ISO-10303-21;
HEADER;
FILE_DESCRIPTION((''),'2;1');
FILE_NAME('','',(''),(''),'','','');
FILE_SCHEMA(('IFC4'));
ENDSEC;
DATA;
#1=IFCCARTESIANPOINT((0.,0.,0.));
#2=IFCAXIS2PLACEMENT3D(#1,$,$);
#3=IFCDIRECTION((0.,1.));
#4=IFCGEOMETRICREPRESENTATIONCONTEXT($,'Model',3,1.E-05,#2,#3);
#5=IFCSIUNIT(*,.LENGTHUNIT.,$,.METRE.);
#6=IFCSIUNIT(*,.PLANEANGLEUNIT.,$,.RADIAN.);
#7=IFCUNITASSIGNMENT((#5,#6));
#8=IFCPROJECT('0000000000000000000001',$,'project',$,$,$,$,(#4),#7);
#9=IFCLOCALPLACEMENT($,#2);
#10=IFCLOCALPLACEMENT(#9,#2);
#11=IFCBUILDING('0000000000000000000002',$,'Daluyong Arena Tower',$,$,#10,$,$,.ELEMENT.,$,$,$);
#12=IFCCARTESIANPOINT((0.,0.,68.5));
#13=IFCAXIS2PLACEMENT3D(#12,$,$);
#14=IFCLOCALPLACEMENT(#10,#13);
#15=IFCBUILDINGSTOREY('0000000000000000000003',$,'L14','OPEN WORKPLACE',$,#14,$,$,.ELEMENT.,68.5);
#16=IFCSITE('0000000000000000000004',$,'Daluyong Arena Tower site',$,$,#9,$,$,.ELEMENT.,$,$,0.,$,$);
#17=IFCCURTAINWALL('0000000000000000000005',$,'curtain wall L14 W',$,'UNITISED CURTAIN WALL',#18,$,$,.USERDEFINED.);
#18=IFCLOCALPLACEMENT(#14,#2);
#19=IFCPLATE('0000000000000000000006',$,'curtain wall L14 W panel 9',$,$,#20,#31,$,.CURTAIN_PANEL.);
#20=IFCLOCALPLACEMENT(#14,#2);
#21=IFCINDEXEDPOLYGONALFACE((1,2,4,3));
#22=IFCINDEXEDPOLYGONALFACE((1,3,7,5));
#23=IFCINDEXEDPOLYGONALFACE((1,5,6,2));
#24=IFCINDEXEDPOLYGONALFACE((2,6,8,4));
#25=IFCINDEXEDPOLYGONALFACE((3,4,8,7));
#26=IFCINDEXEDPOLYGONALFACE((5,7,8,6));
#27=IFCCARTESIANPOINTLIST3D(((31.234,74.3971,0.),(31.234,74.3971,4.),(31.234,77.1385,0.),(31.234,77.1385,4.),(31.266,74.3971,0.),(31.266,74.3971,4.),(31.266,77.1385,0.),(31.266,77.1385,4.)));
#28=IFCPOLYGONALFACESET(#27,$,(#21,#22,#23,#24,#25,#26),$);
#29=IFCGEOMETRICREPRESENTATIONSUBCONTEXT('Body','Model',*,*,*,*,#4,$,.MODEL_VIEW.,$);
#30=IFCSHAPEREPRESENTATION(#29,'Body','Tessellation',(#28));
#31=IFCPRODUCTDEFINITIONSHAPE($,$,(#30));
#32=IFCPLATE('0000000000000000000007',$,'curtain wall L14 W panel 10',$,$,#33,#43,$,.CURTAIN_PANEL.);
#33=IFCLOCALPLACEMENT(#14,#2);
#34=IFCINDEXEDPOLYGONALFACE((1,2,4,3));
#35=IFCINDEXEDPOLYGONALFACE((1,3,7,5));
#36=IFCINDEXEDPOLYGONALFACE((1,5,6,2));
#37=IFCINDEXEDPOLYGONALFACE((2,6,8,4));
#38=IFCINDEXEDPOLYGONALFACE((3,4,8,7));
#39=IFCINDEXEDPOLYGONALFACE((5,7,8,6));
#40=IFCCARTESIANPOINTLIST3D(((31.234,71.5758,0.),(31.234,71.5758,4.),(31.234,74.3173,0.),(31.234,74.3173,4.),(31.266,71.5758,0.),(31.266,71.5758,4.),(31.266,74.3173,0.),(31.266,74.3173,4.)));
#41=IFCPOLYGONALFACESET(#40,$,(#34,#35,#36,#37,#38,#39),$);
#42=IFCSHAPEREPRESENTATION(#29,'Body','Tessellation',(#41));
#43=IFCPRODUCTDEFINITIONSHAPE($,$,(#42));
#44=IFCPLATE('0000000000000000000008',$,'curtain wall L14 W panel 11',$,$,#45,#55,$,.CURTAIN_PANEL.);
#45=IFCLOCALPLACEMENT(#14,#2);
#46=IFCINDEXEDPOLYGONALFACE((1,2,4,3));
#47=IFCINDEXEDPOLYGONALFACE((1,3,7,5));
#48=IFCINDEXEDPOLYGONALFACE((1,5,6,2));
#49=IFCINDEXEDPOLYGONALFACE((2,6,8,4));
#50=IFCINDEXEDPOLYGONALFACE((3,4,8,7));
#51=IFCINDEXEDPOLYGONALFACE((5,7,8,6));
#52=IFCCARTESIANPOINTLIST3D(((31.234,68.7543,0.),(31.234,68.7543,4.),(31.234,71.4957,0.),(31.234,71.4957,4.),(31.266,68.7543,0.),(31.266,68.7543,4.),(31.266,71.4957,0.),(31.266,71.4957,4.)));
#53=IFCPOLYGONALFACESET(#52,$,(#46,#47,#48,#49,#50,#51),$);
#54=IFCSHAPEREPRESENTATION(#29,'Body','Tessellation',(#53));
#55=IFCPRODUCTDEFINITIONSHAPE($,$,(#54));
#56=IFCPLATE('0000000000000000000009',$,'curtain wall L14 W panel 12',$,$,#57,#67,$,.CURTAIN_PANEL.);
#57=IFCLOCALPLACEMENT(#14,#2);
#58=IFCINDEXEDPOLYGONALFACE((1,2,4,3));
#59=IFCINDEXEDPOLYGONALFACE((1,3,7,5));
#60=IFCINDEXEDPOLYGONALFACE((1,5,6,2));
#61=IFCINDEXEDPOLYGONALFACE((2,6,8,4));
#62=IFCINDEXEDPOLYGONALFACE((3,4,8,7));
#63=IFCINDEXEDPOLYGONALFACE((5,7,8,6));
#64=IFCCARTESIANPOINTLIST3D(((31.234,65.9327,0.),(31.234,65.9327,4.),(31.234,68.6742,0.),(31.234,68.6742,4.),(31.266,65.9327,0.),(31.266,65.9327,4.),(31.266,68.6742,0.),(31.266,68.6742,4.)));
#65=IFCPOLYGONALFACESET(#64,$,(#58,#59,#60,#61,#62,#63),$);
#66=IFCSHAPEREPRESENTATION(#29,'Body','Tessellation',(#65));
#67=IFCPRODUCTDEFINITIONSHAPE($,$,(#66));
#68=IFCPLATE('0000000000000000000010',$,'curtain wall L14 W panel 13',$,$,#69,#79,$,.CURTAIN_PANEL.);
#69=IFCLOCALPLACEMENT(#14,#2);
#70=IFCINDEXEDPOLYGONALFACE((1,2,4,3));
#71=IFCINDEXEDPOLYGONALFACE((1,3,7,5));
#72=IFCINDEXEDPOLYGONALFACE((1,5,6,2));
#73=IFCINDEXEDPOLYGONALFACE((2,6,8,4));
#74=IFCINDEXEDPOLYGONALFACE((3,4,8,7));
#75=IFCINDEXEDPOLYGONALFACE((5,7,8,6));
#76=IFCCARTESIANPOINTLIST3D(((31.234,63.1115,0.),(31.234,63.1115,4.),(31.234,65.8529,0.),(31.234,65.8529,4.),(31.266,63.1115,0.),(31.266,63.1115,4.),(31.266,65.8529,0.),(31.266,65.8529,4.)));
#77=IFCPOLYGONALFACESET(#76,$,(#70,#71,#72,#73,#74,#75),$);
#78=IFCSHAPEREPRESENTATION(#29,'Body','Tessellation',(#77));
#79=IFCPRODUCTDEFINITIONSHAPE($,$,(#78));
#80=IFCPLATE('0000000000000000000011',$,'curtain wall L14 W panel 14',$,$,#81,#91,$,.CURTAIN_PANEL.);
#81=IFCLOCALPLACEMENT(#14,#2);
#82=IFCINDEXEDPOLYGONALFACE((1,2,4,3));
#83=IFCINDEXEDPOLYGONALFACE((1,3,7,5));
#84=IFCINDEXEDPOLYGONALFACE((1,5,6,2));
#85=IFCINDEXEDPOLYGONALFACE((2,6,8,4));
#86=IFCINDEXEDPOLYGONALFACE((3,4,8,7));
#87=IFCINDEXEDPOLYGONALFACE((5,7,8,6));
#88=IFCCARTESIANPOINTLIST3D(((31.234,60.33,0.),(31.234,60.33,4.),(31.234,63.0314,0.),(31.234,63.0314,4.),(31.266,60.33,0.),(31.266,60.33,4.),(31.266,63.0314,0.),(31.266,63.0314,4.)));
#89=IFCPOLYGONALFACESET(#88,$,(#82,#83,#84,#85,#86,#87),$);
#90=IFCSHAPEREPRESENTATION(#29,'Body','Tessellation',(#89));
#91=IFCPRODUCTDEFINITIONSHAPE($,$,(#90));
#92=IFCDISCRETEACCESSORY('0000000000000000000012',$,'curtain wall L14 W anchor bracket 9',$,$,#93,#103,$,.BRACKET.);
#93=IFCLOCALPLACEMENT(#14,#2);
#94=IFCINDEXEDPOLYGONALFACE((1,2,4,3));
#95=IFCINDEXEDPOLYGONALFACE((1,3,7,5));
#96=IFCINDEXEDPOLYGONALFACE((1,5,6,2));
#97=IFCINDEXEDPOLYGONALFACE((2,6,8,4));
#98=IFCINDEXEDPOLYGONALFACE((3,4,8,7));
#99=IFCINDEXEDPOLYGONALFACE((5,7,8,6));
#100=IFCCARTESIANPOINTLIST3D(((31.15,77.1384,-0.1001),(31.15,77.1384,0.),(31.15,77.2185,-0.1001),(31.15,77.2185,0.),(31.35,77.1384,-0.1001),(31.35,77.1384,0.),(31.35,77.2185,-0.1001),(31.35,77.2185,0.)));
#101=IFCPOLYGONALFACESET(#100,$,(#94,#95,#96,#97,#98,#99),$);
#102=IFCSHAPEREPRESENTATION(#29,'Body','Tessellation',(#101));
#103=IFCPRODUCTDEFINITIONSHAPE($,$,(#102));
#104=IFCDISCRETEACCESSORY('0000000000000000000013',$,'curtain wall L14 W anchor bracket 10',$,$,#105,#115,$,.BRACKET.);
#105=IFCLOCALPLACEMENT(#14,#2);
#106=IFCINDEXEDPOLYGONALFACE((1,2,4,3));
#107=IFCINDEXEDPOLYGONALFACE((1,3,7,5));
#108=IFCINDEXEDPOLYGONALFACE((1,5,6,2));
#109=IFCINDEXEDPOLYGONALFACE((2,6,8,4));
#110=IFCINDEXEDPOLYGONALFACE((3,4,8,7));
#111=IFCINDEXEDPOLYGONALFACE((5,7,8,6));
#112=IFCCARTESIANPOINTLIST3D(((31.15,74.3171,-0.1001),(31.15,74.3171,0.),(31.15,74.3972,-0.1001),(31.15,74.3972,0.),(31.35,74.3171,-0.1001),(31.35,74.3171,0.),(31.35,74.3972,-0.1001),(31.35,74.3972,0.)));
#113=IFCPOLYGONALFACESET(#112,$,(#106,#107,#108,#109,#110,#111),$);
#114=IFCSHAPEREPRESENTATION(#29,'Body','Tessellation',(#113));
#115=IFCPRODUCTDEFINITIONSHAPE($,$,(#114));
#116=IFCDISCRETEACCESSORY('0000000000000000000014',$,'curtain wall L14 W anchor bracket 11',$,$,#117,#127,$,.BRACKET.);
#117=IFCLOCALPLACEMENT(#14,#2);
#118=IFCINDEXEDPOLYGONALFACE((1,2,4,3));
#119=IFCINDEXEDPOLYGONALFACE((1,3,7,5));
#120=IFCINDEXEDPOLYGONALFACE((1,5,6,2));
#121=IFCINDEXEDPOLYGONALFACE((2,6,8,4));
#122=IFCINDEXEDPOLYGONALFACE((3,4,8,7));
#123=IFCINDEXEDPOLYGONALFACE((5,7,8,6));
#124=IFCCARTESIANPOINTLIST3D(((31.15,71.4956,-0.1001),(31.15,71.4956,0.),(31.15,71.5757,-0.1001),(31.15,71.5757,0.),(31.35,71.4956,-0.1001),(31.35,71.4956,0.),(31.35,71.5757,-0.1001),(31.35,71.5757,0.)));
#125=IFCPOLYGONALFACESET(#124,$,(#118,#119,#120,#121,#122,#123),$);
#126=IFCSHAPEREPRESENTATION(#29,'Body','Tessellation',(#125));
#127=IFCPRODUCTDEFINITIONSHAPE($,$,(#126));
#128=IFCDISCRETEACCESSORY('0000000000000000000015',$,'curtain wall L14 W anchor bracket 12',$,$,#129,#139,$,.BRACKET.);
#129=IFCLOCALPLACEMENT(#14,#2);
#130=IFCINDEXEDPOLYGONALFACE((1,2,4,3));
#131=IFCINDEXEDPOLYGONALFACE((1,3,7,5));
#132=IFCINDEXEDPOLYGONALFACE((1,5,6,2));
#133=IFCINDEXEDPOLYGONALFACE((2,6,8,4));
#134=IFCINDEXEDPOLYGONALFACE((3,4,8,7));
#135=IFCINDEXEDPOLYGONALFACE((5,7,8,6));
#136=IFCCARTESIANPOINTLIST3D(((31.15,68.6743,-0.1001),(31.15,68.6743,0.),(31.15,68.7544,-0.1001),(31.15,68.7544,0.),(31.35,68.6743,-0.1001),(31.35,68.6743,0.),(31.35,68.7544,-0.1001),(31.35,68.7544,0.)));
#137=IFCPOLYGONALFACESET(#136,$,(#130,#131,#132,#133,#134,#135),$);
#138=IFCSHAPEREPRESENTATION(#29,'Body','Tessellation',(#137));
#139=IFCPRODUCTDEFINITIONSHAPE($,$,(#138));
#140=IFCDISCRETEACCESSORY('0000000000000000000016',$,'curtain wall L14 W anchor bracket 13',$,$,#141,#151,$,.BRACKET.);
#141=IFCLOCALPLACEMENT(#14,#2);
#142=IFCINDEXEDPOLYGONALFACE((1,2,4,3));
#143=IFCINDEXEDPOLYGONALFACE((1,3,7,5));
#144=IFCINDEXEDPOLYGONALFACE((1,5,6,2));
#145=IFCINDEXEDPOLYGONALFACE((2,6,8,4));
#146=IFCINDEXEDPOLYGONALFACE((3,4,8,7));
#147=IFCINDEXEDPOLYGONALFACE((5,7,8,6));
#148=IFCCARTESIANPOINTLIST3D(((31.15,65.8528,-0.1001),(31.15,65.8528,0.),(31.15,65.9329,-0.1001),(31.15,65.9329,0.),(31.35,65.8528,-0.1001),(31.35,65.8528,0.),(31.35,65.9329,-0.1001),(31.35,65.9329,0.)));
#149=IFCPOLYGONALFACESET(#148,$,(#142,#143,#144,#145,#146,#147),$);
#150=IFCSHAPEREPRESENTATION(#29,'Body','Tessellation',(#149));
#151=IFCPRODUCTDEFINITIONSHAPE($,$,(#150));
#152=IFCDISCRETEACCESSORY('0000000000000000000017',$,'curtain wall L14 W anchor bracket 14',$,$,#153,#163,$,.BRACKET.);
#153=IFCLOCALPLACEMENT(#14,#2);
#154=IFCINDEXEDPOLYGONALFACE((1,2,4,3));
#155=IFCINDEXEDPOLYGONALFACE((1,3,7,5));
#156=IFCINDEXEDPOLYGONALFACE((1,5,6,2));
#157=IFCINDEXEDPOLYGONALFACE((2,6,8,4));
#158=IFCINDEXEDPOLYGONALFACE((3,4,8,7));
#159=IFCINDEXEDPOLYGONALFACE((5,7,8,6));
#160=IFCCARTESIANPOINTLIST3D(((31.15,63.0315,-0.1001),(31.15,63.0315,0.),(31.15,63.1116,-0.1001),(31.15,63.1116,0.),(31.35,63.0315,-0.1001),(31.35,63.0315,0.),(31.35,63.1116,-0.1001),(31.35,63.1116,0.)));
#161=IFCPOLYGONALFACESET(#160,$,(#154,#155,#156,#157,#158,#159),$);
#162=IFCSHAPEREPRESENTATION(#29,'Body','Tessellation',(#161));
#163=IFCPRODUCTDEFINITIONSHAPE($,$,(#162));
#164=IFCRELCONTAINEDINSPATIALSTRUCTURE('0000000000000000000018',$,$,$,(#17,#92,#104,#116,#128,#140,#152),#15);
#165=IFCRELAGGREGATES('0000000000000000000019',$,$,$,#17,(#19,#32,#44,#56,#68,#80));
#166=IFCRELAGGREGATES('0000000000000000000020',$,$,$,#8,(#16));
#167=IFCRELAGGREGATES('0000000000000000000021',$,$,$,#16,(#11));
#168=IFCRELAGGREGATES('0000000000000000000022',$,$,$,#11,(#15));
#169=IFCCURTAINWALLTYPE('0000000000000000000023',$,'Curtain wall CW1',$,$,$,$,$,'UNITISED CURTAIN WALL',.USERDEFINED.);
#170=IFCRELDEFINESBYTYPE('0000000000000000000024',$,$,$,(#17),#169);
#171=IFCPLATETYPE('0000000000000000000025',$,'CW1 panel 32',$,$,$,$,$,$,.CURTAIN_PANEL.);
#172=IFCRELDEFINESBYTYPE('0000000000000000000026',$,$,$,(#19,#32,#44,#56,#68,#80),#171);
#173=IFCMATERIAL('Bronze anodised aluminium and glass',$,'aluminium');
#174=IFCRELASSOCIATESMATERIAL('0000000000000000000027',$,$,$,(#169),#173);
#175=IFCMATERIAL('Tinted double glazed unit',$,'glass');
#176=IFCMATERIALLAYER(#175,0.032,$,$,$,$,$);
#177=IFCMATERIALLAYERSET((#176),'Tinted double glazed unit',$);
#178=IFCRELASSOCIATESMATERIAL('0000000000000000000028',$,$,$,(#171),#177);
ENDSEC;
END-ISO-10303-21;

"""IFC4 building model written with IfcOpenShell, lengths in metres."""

from ifc_helpers import new_model, si_unit, direction, frame, origin, origin_2d, place, context, subcontext, project, spatial, rectangle, extrude, material, layer, layer_set, type_object, element, aggregate, save


model = new_model("IFC4")

# Units and contexts
model_context = context("Model", 3, precision=1e-05, world=origin(), true_north=direction((0.0, 1.0)))
body_context = subcontext(model_context, "Body", "Model", "MODEL_VIEW")
ifc_project = project(units=[si_unit("LENGTHUNIT", "METRE"), si_unit("PLANEANGLEUNIT", "RADIAN")], contexts=[model_context])

# Site, building, storey
site_placement = place(None, origin())
site = spatial("IfcSite", under=ifc_project, at=site_placement, Name="Daluyong Arena Tower site", CompositionType="ELEMENT", RefElevation=0.0)
building_placement = place(site_placement, origin())
building = spatial("IfcBuilding", under=site, at=building_placement, Name="Daluyong Arena Tower", CompositionType="ELEMENT")
storey_placement = place(building_placement, frame((0.0, 0.0, 68.5)))
storey = spatial("IfcBuildingStorey", under=building, at=storey_placement, Name="L14", Description="OPEN WORKPLACE", CompositionType="ELEMENT", Elevation=68.5)

# Curtain wall
ifc_material_1 = material(Name="Bronze anodised aluminium and glass", Category="aluminium")
curtain_wall_type_1 = type_object("IfcCurtainWallType", Name="Curtain wall CW1", ElementType="UNITISED CURTAIN WALL", PredefinedType="USERDEFINED", material=ifc_material_1)
curtain_wall_1_placement = place(storey_placement, origin())
curtain_wall_1 = element("IfcCurtainWall", 1, at=curtain_wall_1_placement, inside=storey, type_object=curtain_wall_type_1, Name="curtain wall L14 W", ObjectType="UNITISED CURTAIN WALL", PredefinedType="USERDEFINED")

# Plates
ifc_material_2 = material(Name="Tinted double glazed unit", Category="glass")
ifc_layer = layer(ifc_material_2, 0.032)
ifc_layer_set = layer_set([ifc_layer], Name="Tinted double glazed unit")
plate_type = type_object("IfcPlateType", Name="CW1 panel 32", PredefinedType="CURTAIN_PANEL", material=ifc_layer_set)
plate_1_placement = place(storey_placement, frame((31.25, 75.7678, 0.0), z_axis=(0.0, 0.0, 1.0), x_axis=(0.0, -1.0, 0.0)))
plate_1 = element("IfcPlate", 2, at=plate_1_placement, type_object=plate_type, Name="curtain wall L14 W panel 9", PredefinedType="CURTAIN_PANEL", context=body_context, shape_type="SweptSolid", body=[
    extrude(rectangle(XDim=2.7415, YDim=0.032, at=origin_2d()), origin(), (0.0, 0.0, 1.0), 4.0),
])
plate_2_placement = place(storey_placement, frame((31.25, 72.9465, 0.0), z_axis=(0.0, 0.0, 1.0), x_axis=(0.0, -1.0, 0.0)))
plate_2 = element("IfcPlate", 3, at=plate_2_placement, type_object=plate_type, Name="curtain wall L14 W panel 10", PredefinedType="CURTAIN_PANEL", context=body_context, shape_type="SweptSolid", body=[
    extrude(rectangle(XDim=2.7415, YDim=0.032, at=origin_2d()), origin(), (0.0, 0.0, 1.0), 4.0),
])
plate_3_placement = place(storey_placement, frame((31.25, 70.125, 0.0), z_axis=(0.0, 0.0, 1.0), x_axis=(0.0, -1.0, 0.0)))
plate_3 = element("IfcPlate", 4, at=plate_3_placement, type_object=plate_type, Name="curtain wall L14 W panel 11", PredefinedType="CURTAIN_PANEL", context=body_context, shape_type="SweptSolid", body=[
    extrude(rectangle(XDim=2.7415, YDim=0.032, at=origin_2d()), origin(), (0.0, 0.0, 1.0), 4.0),
])
plate_4_placement = place(storey_placement, frame((31.25, 67.3035, 0.0), z_axis=(0.0, 0.0, 1.0), x_axis=(0.0, -1.0, 0.0)))
plate_4 = element("IfcPlate", 5, at=plate_4_placement, type_object=plate_type, Name="curtain wall L14 W panel 12", PredefinedType="CURTAIN_PANEL", context=body_context, shape_type="SweptSolid", body=[
    extrude(rectangle(XDim=2.7415, YDim=0.032, at=origin_2d()), origin(), (0.0, 0.0, 1.0), 4.0),
])
plate_5_placement = place(storey_placement, frame((31.25, 64.4822, 0.0), z_axis=(0.0, 0.0, 1.0), x_axis=(0.0, -1.0, 0.0)))
plate_5 = element("IfcPlate", 6, at=plate_5_placement, type_object=plate_type, Name="curtain wall L14 W panel 13", PredefinedType="CURTAIN_PANEL", context=body_context, shape_type="SweptSolid", body=[
    extrude(rectangle(XDim=2.7415, YDim=0.032, at=origin_2d()), origin(), (0.0, 0.0, 1.0), 4.0),
])
plate_6_placement = place(storey_placement, frame((31.25, 61.6807, 0.0), z_axis=(0.0, 0.0, 1.0), x_axis=(0.0, -1.0, 0.0)))
plate_6 = element("IfcPlate", 7, at=plate_6_placement, type_object=plate_type, Name="curtain wall L14 W panel 14", PredefinedType="CURTAIN_PANEL", context=body_context, shape_type="SweptSolid", body=[
    extrude(rectangle(XDim=2.7014, YDim=0.032, at=origin_2d()), origin(), (0.0, 0.0, 1.0), 4.0),
])
aggregate(curtain_wall_1, [plate_1, plate_2, plate_3, plate_4, plate_5, plate_6])

# Discrete accessories
for number, where, z_axis, x_axis, name in (
    (8, (31.25, 77.1785, -0.1001), (0.0, 0.0, 1.0), (0.0, -1.0, 0.0), "curtain wall L14 W anchor bracket 9"),
    (9, (31.25, 74.3572, -0.1001), (0.0, 0.0, 1.0), (0.0, -1.0, 0.0), "curtain wall L14 W anchor bracket 10"),
    (10, (31.25, 71.5356, -0.1001), (0.0, 0.0, 1.0), (0.0, -1.0, 0.0), "curtain wall L14 W anchor bracket 11"),
    (11, (31.25, 68.7144, -0.1001), (0.0, 0.0, 1.0), (0.0, -1.0, 0.0), "curtain wall L14 W anchor bracket 12"),
    (12, (31.25, 65.8928, -0.1001), (0.0, 0.0, 1.0), (0.0, -1.0, 0.0), "curtain wall L14 W anchor bracket 13"),
    (13, (31.25, 63.0715, -0.1001), (0.0, 0.0, 1.0), (0.0, -1.0, 0.0), "curtain wall L14 W anchor bracket 14"),
):
    element("IfcDiscreteAccessory", number, at=place(storey_placement, frame(where, z_axis=z_axis, x_axis=x_axis)), inside=storey, Name=name, PredefinedType="BRACKET", context=body_context, shape_type="SweptSolid", body=[
        extrude(rectangle(XDim=0.0801, YDim=0.2, at=origin_2d()), origin(), (0.0, 0.0, 1.0), 0.1001),
    ])

save(model, "model.ifc")
